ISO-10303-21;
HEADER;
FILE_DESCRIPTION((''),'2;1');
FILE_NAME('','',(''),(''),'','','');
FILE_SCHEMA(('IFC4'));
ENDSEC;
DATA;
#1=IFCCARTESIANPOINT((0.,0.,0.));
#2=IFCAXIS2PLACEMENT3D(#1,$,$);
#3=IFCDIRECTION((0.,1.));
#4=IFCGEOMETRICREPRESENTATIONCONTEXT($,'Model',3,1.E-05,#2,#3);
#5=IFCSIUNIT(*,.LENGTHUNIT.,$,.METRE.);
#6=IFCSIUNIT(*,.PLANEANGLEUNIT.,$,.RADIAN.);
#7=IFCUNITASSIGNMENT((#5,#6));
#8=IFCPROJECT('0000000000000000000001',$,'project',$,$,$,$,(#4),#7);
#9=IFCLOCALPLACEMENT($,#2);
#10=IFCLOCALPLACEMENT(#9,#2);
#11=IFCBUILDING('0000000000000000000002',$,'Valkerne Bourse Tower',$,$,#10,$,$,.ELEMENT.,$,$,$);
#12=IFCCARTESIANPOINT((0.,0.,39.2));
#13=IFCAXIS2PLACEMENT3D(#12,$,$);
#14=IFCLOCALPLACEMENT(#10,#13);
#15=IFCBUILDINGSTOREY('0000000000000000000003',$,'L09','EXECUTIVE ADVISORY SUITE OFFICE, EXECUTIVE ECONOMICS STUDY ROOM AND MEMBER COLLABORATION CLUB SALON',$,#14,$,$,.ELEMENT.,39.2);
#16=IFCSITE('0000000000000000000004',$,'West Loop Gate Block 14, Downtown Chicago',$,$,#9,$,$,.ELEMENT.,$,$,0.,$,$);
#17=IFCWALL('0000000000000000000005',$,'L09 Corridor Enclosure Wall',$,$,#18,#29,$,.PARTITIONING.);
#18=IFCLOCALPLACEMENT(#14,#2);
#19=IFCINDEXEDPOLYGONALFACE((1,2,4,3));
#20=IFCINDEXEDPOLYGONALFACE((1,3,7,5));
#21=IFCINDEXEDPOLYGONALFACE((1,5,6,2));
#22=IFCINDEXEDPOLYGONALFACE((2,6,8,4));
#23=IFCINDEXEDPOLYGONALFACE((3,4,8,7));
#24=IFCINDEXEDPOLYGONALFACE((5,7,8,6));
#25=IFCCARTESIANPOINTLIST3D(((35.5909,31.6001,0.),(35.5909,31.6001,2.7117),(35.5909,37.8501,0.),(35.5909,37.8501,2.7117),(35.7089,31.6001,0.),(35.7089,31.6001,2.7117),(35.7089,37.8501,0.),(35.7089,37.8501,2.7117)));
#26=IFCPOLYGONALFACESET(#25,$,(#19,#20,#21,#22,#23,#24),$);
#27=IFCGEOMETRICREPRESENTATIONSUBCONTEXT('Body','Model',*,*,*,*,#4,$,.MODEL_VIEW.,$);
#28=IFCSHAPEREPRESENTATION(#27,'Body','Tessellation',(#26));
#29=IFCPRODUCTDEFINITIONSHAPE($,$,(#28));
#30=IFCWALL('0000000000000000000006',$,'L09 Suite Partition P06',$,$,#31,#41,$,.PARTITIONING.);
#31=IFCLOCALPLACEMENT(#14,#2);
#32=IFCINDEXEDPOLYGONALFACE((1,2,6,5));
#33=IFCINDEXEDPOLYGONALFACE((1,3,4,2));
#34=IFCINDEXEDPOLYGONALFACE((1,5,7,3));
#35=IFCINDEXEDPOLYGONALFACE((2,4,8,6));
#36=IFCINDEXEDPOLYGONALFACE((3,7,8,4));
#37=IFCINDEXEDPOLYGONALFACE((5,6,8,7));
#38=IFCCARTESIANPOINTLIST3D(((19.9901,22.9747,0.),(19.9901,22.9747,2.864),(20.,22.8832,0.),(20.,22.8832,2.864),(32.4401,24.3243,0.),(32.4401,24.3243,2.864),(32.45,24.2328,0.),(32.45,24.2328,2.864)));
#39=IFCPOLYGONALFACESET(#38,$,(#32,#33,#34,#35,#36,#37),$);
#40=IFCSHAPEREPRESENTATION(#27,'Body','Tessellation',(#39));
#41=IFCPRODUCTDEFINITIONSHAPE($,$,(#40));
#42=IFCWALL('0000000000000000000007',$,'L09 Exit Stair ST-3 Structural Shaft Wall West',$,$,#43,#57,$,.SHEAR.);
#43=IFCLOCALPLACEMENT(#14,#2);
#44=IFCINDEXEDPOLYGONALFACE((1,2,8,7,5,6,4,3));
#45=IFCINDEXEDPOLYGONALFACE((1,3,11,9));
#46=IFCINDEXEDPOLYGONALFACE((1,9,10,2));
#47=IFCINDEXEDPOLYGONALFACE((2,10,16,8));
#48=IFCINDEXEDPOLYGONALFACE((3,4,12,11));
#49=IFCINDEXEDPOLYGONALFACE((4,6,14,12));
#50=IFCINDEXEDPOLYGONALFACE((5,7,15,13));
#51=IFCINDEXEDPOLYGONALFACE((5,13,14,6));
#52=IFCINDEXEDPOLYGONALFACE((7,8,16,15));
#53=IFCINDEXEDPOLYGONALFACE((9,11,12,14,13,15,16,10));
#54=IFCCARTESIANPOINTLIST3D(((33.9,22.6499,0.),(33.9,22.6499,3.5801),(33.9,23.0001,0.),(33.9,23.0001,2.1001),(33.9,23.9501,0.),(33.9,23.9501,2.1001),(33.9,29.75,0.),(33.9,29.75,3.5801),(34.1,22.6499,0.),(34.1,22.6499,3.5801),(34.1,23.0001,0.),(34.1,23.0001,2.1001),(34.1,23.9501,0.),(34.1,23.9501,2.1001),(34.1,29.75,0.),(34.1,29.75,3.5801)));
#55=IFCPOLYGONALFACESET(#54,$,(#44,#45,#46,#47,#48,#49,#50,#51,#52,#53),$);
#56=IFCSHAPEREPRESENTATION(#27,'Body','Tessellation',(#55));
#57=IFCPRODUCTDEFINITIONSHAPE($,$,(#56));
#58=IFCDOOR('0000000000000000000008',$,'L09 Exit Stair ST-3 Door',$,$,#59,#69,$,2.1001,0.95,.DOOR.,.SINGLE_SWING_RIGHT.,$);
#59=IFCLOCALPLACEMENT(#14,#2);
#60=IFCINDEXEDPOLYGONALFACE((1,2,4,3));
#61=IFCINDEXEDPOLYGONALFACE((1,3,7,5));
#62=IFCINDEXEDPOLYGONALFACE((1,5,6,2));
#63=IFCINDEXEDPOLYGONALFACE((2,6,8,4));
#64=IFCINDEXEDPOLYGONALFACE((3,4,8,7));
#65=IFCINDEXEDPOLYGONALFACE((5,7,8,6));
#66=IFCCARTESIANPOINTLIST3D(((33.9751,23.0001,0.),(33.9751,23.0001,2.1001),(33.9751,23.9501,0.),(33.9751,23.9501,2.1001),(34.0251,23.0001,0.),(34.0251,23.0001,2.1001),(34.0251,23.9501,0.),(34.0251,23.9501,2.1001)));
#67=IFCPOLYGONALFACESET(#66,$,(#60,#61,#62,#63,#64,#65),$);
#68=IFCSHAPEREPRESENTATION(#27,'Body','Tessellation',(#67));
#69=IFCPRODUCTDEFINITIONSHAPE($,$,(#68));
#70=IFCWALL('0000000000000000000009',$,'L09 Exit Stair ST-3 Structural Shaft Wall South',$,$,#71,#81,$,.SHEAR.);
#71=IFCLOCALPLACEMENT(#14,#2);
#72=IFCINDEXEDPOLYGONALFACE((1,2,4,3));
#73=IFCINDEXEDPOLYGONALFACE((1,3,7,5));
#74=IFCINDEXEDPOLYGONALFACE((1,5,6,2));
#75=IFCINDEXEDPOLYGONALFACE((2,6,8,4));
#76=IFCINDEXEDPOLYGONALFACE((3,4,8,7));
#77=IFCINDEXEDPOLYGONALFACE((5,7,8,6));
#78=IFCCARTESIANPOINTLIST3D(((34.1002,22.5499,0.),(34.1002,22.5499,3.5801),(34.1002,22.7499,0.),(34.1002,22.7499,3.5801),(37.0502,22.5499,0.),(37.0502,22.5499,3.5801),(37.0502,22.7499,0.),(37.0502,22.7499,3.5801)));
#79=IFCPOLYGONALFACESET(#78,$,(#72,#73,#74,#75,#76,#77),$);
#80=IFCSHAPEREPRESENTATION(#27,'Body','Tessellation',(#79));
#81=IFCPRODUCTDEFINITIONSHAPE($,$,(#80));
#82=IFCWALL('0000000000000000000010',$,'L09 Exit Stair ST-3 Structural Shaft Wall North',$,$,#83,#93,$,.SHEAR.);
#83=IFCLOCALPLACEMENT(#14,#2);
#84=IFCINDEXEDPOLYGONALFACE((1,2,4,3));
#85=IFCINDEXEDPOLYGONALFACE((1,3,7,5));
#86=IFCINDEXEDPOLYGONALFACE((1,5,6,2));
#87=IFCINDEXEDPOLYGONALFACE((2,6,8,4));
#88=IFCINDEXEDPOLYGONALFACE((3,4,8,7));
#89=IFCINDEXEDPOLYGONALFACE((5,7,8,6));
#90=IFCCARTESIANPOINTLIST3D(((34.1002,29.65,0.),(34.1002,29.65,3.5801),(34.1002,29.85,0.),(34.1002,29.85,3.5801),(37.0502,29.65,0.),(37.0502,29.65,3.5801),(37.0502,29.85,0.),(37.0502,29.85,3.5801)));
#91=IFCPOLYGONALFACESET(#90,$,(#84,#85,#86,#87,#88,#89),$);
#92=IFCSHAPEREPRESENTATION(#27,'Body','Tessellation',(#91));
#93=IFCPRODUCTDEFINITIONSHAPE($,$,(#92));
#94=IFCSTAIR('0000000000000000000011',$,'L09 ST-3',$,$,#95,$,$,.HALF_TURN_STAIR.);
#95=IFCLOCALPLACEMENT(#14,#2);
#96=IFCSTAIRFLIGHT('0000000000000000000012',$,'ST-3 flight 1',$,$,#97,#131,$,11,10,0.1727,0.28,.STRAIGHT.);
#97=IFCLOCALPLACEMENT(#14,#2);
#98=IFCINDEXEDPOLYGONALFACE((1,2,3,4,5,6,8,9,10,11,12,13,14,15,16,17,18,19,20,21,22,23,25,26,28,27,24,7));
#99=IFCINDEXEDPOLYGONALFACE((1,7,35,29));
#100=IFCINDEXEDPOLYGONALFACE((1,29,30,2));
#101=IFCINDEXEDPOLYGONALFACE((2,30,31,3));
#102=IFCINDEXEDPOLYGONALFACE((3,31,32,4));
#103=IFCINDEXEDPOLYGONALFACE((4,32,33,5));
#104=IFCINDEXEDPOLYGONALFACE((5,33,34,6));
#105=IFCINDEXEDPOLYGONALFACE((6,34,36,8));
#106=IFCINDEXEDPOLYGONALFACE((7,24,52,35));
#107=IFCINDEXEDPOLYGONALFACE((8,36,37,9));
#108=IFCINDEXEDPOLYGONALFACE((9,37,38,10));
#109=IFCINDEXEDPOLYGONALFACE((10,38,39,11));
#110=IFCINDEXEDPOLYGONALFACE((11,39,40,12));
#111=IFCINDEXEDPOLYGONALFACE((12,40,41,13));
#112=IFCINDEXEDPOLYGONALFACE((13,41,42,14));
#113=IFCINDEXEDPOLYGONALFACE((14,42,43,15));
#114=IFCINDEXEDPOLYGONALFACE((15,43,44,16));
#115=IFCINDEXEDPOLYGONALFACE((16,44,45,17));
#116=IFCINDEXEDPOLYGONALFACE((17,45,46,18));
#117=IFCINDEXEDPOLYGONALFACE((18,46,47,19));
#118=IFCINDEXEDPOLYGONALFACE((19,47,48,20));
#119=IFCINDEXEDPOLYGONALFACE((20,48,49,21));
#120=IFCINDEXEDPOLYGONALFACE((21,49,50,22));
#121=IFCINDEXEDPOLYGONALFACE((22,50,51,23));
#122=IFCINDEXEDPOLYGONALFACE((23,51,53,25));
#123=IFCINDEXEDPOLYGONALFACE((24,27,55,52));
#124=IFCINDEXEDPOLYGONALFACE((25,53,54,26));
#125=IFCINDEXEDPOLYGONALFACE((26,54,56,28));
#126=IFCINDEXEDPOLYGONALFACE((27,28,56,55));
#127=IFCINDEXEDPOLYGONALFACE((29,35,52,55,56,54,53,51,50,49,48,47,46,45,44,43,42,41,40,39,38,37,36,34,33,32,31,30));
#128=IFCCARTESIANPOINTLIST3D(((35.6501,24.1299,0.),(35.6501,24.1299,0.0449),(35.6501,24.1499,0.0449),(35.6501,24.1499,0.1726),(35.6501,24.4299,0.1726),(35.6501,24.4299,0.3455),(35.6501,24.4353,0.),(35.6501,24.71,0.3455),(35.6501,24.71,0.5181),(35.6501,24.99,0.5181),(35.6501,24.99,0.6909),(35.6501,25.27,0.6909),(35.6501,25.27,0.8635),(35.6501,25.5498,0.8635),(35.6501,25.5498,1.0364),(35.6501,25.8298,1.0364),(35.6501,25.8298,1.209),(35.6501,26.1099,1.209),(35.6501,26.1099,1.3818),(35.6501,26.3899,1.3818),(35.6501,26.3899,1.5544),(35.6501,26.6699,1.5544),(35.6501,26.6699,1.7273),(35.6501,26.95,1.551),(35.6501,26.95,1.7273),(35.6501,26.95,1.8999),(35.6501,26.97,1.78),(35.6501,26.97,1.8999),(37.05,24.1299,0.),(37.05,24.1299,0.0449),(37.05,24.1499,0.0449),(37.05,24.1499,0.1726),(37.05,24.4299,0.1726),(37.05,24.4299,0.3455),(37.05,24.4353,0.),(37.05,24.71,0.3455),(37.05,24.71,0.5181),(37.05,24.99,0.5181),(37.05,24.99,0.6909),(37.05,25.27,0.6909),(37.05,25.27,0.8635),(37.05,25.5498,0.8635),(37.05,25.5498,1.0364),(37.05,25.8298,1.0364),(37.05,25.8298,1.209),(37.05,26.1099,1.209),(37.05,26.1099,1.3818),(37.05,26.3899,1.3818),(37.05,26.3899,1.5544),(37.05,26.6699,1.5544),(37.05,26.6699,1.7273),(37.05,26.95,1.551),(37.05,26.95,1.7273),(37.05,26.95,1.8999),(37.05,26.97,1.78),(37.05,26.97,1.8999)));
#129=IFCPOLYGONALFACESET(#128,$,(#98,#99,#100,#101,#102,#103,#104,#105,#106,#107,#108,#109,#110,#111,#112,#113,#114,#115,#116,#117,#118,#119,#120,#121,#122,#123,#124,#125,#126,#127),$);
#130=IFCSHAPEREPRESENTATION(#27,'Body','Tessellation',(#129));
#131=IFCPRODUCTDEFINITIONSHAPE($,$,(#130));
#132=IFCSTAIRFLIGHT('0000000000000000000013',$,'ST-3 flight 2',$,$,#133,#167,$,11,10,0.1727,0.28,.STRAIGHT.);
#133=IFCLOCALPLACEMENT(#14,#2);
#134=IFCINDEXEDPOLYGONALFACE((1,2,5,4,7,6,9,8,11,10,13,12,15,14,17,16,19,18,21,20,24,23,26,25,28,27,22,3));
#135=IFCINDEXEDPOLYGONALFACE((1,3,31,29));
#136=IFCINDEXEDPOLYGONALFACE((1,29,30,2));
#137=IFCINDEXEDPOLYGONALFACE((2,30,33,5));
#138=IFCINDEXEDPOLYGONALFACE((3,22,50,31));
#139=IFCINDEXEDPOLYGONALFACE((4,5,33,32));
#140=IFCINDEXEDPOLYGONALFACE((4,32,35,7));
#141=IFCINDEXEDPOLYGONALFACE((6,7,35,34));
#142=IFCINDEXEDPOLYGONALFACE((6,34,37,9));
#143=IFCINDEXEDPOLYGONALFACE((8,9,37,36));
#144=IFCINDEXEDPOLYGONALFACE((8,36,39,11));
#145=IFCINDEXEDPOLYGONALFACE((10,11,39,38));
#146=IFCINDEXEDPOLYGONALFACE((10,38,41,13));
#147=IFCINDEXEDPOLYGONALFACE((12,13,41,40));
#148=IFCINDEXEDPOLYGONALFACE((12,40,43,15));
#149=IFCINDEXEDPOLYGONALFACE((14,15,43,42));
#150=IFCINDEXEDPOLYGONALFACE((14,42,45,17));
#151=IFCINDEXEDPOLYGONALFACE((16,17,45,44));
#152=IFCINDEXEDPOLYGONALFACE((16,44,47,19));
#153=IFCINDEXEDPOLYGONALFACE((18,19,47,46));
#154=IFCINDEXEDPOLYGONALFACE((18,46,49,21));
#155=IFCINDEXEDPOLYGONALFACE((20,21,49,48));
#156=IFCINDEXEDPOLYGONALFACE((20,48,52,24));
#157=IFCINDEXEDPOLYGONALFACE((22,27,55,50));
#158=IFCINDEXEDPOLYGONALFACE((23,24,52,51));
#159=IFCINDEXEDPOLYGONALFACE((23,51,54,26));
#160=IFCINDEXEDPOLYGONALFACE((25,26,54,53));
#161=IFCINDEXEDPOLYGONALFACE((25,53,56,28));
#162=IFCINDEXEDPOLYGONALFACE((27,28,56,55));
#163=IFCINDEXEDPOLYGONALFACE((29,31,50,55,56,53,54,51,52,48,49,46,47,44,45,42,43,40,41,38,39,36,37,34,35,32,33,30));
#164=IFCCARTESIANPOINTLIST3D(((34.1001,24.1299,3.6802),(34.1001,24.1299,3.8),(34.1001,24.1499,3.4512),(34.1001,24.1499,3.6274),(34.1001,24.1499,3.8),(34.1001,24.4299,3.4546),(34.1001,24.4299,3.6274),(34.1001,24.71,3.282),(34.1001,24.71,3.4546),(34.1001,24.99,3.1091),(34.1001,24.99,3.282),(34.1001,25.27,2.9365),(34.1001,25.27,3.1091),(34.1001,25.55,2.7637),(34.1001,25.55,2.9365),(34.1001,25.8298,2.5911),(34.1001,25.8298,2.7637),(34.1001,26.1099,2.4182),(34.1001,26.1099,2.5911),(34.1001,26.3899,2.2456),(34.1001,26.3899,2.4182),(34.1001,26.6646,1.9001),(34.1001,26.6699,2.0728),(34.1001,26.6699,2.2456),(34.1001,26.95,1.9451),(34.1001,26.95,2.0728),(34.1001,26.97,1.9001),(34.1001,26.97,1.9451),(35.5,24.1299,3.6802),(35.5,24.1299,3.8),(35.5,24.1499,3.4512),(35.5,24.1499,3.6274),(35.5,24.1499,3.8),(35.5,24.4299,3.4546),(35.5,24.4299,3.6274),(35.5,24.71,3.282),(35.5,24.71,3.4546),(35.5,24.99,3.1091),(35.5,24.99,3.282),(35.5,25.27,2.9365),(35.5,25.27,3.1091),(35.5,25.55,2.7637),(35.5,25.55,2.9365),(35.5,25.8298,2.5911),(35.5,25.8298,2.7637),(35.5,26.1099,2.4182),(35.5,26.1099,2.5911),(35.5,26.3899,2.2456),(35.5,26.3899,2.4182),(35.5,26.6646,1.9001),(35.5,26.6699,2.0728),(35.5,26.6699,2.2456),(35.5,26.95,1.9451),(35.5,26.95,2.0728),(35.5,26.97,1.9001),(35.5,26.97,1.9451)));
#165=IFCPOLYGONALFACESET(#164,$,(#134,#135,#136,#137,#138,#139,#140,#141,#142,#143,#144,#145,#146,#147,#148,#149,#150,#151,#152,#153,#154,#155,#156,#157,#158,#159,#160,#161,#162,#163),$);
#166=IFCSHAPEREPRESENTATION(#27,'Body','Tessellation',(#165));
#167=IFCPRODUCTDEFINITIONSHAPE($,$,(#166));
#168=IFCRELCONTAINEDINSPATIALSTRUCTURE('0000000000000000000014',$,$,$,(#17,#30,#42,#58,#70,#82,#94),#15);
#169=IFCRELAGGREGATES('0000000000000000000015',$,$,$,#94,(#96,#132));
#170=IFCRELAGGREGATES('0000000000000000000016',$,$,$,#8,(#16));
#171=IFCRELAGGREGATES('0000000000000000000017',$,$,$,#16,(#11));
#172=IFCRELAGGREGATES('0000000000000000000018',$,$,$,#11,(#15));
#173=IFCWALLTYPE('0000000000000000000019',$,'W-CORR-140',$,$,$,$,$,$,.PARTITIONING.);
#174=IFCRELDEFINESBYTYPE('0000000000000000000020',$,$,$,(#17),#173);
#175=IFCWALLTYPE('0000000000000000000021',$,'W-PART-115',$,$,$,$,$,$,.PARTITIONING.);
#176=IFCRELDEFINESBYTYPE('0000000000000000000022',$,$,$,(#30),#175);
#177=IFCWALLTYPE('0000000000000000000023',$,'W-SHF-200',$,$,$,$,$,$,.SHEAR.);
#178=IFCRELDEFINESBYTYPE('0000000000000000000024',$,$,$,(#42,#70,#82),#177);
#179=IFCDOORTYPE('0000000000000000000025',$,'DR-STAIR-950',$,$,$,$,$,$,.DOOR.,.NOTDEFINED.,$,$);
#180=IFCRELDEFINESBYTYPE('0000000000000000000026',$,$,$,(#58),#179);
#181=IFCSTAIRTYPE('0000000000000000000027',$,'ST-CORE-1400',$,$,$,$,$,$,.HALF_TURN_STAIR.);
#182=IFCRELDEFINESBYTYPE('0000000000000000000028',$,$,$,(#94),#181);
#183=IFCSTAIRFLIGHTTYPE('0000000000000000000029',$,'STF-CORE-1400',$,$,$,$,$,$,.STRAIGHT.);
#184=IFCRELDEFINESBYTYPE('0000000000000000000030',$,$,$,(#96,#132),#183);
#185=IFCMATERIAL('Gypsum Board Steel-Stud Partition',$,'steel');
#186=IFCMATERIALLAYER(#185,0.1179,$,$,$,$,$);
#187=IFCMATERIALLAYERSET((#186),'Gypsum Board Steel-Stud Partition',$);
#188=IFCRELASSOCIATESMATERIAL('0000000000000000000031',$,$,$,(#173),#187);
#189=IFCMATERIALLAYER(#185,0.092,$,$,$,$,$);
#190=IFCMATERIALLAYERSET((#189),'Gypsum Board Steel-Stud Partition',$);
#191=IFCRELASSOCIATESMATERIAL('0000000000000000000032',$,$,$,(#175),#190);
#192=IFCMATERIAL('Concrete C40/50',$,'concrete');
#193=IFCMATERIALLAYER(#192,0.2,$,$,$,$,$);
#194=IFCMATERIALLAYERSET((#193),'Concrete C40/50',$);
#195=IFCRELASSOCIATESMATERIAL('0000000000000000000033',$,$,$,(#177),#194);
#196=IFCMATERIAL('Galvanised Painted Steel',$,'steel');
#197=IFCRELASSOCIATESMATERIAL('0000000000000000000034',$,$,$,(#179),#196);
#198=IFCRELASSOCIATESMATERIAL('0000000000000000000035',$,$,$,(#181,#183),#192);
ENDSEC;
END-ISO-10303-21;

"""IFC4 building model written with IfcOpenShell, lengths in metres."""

from ifc_helpers import new_model, si_unit, direction, frame, frame_2d, origin, place, context, subcontext, project, spatial, polyline, rectangle, outline, extrude, material, layer, layer_set, type_object, element, fill, aggregate, save


model = new_model("IFC4")

# Units and contexts
model_context = context("Model", 3, precision=1e-05, world=origin(), true_north=direction((0.0, 1.0)))
body_context = subcontext(model_context, "Body", "Model", "MODEL_VIEW")
ifc_project = project(units=[si_unit("LENGTHUNIT", "METRE"), si_unit("PLANEANGLEUNIT", "RADIAN")], contexts=[model_context])

# Site, building, storey
site_placement = place(None, origin())
site = spatial("IfcSite", under=ifc_project, at=site_placement, Name="West Loop Gate Block 14, Downtown Chicago", CompositionType="ELEMENT", RefElevation=0.0)
building_placement = place(site_placement, origin())
building = spatial("IfcBuilding", under=site, at=building_placement, Name="Valkerne Bourse Tower", CompositionType="ELEMENT")
storey_placement = place(building_placement, frame((0.0, 0.0, 39.2)))
storey = spatial("IfcBuildingStorey", under=building, at=storey_placement, Name="L09", Description="EXECUTIVE ADVISORY SUITE OFFICE, EXECUTIVE ECONOMICS STUDY ROOM AND MEMBER COLLABORATION CLUB SALON", CompositionType="ELEMENT", Elevation=39.2)

# Walls
ifc_material_1 = material(Name="Gypsum Board Steel-Stud Partition", Category="steel")
ifc_layer_1 = layer(ifc_material_1, 0.1179)
ifc_layer_set_1 = layer_set([ifc_layer_1], Name="Gypsum Board Steel-Stud Partition")
wall_type_1 = type_object("IfcWallType", Name="W-CORR-140", PredefinedType="PARTITIONING", material=ifc_layer_set_1)
wall_1_placement = place(storey_placement, frame((35.6499, 31.6001, 0.0), z_axis=(0.0, 0.0, 1.0), x_axis=(0.0, 1.0, 0.0)))
element("IfcWall", 1, at=wall_1_placement, inside=storey, type_object=wall_type_1, Name="L09 Corridor Enclosure Wall", PredefinedType="PARTITIONING", context=body_context, shape_type="SweptSolid", body=[
    extrude(rectangle(XDim=6.25, YDim=0.1179, at=frame_2d((3.125, 0.0))), origin(), (0.0, 0.0, 1.0), 2.7117),
])
ifc_layer_2 = layer(ifc_material_1, 0.092)
ifc_layer_set_2 = layer_set([ifc_layer_2], Name="Gypsum Board Steel-Stud Partition")
wall_type_2 = type_object("IfcWallType", Name="W-PART-115", PredefinedType="PARTITIONING", material=ifc_layer_set_2)
wall_2_placement = place(storey_placement, frame((32.4451, 24.2786, 0.0), z_axis=(0.0, 0.0, 1.0), x_axis=(-0.994176, -0.107771, 0.0)))
element("IfcWall", 2, at=wall_2_placement, inside=storey, type_object=wall_type_2, Name="L09 Suite Partition P06", PredefinedType="PARTITIONING", context=body_context, shape_type="SweptSolid", body=[
    extrude(rectangle(XDim=12.5229, YDim=0.092, at=frame_2d((6.2615, 0.0))), origin(), (0.0, 0.0, 1.0), 2.864),
])

# Wall, opening, door
ifc_material_2 = material(Name="Concrete C40/50", Category="concrete")
ifc_layer_3 = layer(ifc_material_2, 0.2)
ifc_layer_set_3 = layer_set([ifc_layer_3], Name="Concrete C40/50")
wall_type_3 = type_object("IfcWallType", Name="W-SHF-200", PredefinedType="SHEAR", material=ifc_layer_set_3)
wall_3_placement = place(storey_placement, frame((34.0, 22.6499, 0.0), z_axis=(0.0, 0.0, 1.0), x_axis=(0.0, 1.0, 0.0)))
wall_3 = element("IfcWall", 3, at=wall_3_placement, inside=storey, type_object=wall_type_3, Name="L09 Exit Stair ST-3 Structural Shaft Wall West", PredefinedType="SHEAR", context=body_context, shape_type="SweptSolid", body=[
    extrude(rectangle(XDim=7.1001, YDim=0.2, at=frame_2d((3.55, 0.0))), origin(), (0.0, 0.0, 1.0), 3.5801),
])
opening_placement = place(wall_3_placement, frame((0.3501, 0.0, 0.0)))
opening = element("IfcOpeningElement", 4, at=opening_placement, cuts=wall_3, PredefinedType="OPENING", context=body_context, shape_type="SweptSolid", body=[
    extrude(rectangle(XDim=0.95, YDim=2.1001, at=frame_2d((0.4751, 1.05))), frame((0.0, 0.1099, 0.0), z_axis=(0.0, -1.0, 0.0), x_axis=(1.0, 0.0, 0.0)), (0.0, 0.0, 1.0), 0.22),
])
ifc_material_3 = material(Name="Galvanised Painted Steel", Category="steel")
door_type = type_object("IfcDoorType", Name="DR-STAIR-950", OperationType="NOTDEFINED", PredefinedType="DOOR", material=ifc_material_3)
door_placement = place(opening_placement, origin())
door = element("IfcDoor", 5, at=door_placement, inside=storey, type_object=door_type, Name="L09 Exit Stair ST-3 Door", OperationType="SINGLE_SWING_RIGHT", OverallHeight=2.1001, OverallWidth=0.95, PredefinedType="DOOR", context=body_context, shape_type="SweptSolid", body=[
    extrude(rectangle(XDim=0.95, YDim=2.1001, at=frame_2d((0.4751, 1.05))), frame((0.0, 0.0249, 0.0), z_axis=(0.0, -1.0, 0.0), x_axis=(1.0, 0.0, 0.0)), (0.0, 0.0, 1.0), 0.05),
])
fill(opening, door)

# Walls
for number, where, z_axis, x_axis, name in (
    (6, (34.1001, 22.6499, 0.0), (0.0, 0.0, 1.0), (1.0, 0.0, 0.0), "L09 Exit Stair ST-3 Structural Shaft Wall South"),
    (7, (34.1001, 29.75, 0.0), (0.0, 0.0, 1.0), (1.0, 0.0, 0.0), "L09 Exit Stair ST-3 Structural Shaft Wall North"),
):
    element("IfcWall", number, at=place(storey_placement, frame(where, z_axis=z_axis, x_axis=x_axis)), inside=storey, type_object=wall_type_3, Name=name, PredefinedType="SHEAR", context=body_context, shape_type="SweptSolid", body=[
        extrude(rectangle(XDim=2.95, YDim=0.2, at=frame_2d((1.4751, 0.0))), origin(), (0.0, 0.0, 1.0), 3.5801),
    ])

# Stair, stair flights
stair_type = type_object("IfcStairType", Name="ST-CORE-1400", PredefinedType="HALF_TURN_STAIR", material=ifc_material_2)
stair_placement = place(storey_placement, origin())
stair = element("IfcStair", 8, at=stair_placement, inside=storey, type_object=stair_type, Name="L09 ST-3", PredefinedType="HALF_TURN_STAIR")
stair_flight_type = type_object("IfcStairFlightType", Name="STF-CORE-1400", PredefinedType="STRAIGHT", material=ifc_material_2)
stair_flight_1_placement = place(storey_placement, frame((36.3501, 24.1499, 0.0), z_axis=(0.0, 0.0, 1.0), x_axis=(0.0, 1.0, 0.0)))
stair_flight_1 = element("IfcStairFlight", 9, at=stair_flight_1_placement, type_object=stair_flight_type, Name="ST-3 flight 1", NumberOfRisers=11, NumberOfTreads=10, PredefinedType="STRAIGHT", RiserHeight=0.1727, TreadLength=0.28, context=body_context, shape_type="SweptSolid", body=[
    extrude(outline(polyline([(-0.02, 0.0), (-0.02, 0.0449), (0.0, 0.0449), (0.0, 0.1726), (0.28, 0.1726), (0.28, 0.3455), (0.5601, 0.3455), (0.5601, 0.5181), (0.8401, 0.5181), (0.8401, 0.6909), (1.1201, 0.6909), (1.1201, 0.8635), (1.3999, 0.8635), (1.3999, 1.0364), (1.6799, 1.0364), (1.6799, 1.209), (1.96, 1.209), (1.96, 1.3818), (2.24, 1.3818), (2.24, 1.5544), (2.52, 1.5544), (2.52, 1.7273), (2.8, 1.7273), (2.8, 1.8999), (2.8201, 1.8999), (2.8201, 1.78), (2.8, 1.551), (0.2854, 0.0), (-0.02, 0.0)])), frame((0.0, 0.7, 0.0), z_axis=(0.0, -1.0, 0.0), x_axis=(1.0, 0.0, 0.0)), (0.0, 0.0, 1.0), 1.3999),
])
stair_flight_2_placement = place(storey_placement, frame((34.8, 26.95, 1.9001), z_axis=(0.0, 0.0, 1.0), x_axis=(0.0, -1.0, 0.0)))
stair_flight_2 = element("IfcStairFlight", 10, at=stair_flight_2_placement, type_object=stair_flight_type, Name="ST-3 flight 2", NumberOfRisers=11, NumberOfTreads=10, PredefinedType="STRAIGHT", RiserHeight=0.1727, TreadLength=0.28, context=body_context, shape_type="SweptSolid", body=[
    extrude(outline(polyline([(-0.02, 0.0), (-0.02, 0.0449), (0.0, 0.0449), (0.0, 0.1726), (0.28, 0.1726), (0.28, 0.3455), (0.5601, 0.3455), (0.5601, 0.5181), (0.8401, 0.5181), (0.8401, 0.6909), (1.1201, 0.6909), (1.1201, 0.8635), (1.3999, 0.8635), (1.3999, 1.0364), (1.6799, 1.0364), (1.6799, 1.209), (1.96, 1.209), (1.96, 1.3818), (2.24, 1.3818), (2.24, 1.5544), (2.52, 1.5544), (2.52, 1.7273), (2.8, 1.7273), (2.8, 1.8999), (2.8201, 1.8999), (2.8201, 1.78), (2.8, 1.551), (0.2854, 0.0), (-0.02, 0.0)])), frame((0.0, 0.7, 0.0), z_axis=(0.0, -1.0, 0.0), x_axis=(1.0, 0.0, 0.0)), (0.0, 0.0, 1.0), 1.3999),
])
aggregate(stair, [stair_flight_1, stair_flight_2])

save(model, "model.ifc")
